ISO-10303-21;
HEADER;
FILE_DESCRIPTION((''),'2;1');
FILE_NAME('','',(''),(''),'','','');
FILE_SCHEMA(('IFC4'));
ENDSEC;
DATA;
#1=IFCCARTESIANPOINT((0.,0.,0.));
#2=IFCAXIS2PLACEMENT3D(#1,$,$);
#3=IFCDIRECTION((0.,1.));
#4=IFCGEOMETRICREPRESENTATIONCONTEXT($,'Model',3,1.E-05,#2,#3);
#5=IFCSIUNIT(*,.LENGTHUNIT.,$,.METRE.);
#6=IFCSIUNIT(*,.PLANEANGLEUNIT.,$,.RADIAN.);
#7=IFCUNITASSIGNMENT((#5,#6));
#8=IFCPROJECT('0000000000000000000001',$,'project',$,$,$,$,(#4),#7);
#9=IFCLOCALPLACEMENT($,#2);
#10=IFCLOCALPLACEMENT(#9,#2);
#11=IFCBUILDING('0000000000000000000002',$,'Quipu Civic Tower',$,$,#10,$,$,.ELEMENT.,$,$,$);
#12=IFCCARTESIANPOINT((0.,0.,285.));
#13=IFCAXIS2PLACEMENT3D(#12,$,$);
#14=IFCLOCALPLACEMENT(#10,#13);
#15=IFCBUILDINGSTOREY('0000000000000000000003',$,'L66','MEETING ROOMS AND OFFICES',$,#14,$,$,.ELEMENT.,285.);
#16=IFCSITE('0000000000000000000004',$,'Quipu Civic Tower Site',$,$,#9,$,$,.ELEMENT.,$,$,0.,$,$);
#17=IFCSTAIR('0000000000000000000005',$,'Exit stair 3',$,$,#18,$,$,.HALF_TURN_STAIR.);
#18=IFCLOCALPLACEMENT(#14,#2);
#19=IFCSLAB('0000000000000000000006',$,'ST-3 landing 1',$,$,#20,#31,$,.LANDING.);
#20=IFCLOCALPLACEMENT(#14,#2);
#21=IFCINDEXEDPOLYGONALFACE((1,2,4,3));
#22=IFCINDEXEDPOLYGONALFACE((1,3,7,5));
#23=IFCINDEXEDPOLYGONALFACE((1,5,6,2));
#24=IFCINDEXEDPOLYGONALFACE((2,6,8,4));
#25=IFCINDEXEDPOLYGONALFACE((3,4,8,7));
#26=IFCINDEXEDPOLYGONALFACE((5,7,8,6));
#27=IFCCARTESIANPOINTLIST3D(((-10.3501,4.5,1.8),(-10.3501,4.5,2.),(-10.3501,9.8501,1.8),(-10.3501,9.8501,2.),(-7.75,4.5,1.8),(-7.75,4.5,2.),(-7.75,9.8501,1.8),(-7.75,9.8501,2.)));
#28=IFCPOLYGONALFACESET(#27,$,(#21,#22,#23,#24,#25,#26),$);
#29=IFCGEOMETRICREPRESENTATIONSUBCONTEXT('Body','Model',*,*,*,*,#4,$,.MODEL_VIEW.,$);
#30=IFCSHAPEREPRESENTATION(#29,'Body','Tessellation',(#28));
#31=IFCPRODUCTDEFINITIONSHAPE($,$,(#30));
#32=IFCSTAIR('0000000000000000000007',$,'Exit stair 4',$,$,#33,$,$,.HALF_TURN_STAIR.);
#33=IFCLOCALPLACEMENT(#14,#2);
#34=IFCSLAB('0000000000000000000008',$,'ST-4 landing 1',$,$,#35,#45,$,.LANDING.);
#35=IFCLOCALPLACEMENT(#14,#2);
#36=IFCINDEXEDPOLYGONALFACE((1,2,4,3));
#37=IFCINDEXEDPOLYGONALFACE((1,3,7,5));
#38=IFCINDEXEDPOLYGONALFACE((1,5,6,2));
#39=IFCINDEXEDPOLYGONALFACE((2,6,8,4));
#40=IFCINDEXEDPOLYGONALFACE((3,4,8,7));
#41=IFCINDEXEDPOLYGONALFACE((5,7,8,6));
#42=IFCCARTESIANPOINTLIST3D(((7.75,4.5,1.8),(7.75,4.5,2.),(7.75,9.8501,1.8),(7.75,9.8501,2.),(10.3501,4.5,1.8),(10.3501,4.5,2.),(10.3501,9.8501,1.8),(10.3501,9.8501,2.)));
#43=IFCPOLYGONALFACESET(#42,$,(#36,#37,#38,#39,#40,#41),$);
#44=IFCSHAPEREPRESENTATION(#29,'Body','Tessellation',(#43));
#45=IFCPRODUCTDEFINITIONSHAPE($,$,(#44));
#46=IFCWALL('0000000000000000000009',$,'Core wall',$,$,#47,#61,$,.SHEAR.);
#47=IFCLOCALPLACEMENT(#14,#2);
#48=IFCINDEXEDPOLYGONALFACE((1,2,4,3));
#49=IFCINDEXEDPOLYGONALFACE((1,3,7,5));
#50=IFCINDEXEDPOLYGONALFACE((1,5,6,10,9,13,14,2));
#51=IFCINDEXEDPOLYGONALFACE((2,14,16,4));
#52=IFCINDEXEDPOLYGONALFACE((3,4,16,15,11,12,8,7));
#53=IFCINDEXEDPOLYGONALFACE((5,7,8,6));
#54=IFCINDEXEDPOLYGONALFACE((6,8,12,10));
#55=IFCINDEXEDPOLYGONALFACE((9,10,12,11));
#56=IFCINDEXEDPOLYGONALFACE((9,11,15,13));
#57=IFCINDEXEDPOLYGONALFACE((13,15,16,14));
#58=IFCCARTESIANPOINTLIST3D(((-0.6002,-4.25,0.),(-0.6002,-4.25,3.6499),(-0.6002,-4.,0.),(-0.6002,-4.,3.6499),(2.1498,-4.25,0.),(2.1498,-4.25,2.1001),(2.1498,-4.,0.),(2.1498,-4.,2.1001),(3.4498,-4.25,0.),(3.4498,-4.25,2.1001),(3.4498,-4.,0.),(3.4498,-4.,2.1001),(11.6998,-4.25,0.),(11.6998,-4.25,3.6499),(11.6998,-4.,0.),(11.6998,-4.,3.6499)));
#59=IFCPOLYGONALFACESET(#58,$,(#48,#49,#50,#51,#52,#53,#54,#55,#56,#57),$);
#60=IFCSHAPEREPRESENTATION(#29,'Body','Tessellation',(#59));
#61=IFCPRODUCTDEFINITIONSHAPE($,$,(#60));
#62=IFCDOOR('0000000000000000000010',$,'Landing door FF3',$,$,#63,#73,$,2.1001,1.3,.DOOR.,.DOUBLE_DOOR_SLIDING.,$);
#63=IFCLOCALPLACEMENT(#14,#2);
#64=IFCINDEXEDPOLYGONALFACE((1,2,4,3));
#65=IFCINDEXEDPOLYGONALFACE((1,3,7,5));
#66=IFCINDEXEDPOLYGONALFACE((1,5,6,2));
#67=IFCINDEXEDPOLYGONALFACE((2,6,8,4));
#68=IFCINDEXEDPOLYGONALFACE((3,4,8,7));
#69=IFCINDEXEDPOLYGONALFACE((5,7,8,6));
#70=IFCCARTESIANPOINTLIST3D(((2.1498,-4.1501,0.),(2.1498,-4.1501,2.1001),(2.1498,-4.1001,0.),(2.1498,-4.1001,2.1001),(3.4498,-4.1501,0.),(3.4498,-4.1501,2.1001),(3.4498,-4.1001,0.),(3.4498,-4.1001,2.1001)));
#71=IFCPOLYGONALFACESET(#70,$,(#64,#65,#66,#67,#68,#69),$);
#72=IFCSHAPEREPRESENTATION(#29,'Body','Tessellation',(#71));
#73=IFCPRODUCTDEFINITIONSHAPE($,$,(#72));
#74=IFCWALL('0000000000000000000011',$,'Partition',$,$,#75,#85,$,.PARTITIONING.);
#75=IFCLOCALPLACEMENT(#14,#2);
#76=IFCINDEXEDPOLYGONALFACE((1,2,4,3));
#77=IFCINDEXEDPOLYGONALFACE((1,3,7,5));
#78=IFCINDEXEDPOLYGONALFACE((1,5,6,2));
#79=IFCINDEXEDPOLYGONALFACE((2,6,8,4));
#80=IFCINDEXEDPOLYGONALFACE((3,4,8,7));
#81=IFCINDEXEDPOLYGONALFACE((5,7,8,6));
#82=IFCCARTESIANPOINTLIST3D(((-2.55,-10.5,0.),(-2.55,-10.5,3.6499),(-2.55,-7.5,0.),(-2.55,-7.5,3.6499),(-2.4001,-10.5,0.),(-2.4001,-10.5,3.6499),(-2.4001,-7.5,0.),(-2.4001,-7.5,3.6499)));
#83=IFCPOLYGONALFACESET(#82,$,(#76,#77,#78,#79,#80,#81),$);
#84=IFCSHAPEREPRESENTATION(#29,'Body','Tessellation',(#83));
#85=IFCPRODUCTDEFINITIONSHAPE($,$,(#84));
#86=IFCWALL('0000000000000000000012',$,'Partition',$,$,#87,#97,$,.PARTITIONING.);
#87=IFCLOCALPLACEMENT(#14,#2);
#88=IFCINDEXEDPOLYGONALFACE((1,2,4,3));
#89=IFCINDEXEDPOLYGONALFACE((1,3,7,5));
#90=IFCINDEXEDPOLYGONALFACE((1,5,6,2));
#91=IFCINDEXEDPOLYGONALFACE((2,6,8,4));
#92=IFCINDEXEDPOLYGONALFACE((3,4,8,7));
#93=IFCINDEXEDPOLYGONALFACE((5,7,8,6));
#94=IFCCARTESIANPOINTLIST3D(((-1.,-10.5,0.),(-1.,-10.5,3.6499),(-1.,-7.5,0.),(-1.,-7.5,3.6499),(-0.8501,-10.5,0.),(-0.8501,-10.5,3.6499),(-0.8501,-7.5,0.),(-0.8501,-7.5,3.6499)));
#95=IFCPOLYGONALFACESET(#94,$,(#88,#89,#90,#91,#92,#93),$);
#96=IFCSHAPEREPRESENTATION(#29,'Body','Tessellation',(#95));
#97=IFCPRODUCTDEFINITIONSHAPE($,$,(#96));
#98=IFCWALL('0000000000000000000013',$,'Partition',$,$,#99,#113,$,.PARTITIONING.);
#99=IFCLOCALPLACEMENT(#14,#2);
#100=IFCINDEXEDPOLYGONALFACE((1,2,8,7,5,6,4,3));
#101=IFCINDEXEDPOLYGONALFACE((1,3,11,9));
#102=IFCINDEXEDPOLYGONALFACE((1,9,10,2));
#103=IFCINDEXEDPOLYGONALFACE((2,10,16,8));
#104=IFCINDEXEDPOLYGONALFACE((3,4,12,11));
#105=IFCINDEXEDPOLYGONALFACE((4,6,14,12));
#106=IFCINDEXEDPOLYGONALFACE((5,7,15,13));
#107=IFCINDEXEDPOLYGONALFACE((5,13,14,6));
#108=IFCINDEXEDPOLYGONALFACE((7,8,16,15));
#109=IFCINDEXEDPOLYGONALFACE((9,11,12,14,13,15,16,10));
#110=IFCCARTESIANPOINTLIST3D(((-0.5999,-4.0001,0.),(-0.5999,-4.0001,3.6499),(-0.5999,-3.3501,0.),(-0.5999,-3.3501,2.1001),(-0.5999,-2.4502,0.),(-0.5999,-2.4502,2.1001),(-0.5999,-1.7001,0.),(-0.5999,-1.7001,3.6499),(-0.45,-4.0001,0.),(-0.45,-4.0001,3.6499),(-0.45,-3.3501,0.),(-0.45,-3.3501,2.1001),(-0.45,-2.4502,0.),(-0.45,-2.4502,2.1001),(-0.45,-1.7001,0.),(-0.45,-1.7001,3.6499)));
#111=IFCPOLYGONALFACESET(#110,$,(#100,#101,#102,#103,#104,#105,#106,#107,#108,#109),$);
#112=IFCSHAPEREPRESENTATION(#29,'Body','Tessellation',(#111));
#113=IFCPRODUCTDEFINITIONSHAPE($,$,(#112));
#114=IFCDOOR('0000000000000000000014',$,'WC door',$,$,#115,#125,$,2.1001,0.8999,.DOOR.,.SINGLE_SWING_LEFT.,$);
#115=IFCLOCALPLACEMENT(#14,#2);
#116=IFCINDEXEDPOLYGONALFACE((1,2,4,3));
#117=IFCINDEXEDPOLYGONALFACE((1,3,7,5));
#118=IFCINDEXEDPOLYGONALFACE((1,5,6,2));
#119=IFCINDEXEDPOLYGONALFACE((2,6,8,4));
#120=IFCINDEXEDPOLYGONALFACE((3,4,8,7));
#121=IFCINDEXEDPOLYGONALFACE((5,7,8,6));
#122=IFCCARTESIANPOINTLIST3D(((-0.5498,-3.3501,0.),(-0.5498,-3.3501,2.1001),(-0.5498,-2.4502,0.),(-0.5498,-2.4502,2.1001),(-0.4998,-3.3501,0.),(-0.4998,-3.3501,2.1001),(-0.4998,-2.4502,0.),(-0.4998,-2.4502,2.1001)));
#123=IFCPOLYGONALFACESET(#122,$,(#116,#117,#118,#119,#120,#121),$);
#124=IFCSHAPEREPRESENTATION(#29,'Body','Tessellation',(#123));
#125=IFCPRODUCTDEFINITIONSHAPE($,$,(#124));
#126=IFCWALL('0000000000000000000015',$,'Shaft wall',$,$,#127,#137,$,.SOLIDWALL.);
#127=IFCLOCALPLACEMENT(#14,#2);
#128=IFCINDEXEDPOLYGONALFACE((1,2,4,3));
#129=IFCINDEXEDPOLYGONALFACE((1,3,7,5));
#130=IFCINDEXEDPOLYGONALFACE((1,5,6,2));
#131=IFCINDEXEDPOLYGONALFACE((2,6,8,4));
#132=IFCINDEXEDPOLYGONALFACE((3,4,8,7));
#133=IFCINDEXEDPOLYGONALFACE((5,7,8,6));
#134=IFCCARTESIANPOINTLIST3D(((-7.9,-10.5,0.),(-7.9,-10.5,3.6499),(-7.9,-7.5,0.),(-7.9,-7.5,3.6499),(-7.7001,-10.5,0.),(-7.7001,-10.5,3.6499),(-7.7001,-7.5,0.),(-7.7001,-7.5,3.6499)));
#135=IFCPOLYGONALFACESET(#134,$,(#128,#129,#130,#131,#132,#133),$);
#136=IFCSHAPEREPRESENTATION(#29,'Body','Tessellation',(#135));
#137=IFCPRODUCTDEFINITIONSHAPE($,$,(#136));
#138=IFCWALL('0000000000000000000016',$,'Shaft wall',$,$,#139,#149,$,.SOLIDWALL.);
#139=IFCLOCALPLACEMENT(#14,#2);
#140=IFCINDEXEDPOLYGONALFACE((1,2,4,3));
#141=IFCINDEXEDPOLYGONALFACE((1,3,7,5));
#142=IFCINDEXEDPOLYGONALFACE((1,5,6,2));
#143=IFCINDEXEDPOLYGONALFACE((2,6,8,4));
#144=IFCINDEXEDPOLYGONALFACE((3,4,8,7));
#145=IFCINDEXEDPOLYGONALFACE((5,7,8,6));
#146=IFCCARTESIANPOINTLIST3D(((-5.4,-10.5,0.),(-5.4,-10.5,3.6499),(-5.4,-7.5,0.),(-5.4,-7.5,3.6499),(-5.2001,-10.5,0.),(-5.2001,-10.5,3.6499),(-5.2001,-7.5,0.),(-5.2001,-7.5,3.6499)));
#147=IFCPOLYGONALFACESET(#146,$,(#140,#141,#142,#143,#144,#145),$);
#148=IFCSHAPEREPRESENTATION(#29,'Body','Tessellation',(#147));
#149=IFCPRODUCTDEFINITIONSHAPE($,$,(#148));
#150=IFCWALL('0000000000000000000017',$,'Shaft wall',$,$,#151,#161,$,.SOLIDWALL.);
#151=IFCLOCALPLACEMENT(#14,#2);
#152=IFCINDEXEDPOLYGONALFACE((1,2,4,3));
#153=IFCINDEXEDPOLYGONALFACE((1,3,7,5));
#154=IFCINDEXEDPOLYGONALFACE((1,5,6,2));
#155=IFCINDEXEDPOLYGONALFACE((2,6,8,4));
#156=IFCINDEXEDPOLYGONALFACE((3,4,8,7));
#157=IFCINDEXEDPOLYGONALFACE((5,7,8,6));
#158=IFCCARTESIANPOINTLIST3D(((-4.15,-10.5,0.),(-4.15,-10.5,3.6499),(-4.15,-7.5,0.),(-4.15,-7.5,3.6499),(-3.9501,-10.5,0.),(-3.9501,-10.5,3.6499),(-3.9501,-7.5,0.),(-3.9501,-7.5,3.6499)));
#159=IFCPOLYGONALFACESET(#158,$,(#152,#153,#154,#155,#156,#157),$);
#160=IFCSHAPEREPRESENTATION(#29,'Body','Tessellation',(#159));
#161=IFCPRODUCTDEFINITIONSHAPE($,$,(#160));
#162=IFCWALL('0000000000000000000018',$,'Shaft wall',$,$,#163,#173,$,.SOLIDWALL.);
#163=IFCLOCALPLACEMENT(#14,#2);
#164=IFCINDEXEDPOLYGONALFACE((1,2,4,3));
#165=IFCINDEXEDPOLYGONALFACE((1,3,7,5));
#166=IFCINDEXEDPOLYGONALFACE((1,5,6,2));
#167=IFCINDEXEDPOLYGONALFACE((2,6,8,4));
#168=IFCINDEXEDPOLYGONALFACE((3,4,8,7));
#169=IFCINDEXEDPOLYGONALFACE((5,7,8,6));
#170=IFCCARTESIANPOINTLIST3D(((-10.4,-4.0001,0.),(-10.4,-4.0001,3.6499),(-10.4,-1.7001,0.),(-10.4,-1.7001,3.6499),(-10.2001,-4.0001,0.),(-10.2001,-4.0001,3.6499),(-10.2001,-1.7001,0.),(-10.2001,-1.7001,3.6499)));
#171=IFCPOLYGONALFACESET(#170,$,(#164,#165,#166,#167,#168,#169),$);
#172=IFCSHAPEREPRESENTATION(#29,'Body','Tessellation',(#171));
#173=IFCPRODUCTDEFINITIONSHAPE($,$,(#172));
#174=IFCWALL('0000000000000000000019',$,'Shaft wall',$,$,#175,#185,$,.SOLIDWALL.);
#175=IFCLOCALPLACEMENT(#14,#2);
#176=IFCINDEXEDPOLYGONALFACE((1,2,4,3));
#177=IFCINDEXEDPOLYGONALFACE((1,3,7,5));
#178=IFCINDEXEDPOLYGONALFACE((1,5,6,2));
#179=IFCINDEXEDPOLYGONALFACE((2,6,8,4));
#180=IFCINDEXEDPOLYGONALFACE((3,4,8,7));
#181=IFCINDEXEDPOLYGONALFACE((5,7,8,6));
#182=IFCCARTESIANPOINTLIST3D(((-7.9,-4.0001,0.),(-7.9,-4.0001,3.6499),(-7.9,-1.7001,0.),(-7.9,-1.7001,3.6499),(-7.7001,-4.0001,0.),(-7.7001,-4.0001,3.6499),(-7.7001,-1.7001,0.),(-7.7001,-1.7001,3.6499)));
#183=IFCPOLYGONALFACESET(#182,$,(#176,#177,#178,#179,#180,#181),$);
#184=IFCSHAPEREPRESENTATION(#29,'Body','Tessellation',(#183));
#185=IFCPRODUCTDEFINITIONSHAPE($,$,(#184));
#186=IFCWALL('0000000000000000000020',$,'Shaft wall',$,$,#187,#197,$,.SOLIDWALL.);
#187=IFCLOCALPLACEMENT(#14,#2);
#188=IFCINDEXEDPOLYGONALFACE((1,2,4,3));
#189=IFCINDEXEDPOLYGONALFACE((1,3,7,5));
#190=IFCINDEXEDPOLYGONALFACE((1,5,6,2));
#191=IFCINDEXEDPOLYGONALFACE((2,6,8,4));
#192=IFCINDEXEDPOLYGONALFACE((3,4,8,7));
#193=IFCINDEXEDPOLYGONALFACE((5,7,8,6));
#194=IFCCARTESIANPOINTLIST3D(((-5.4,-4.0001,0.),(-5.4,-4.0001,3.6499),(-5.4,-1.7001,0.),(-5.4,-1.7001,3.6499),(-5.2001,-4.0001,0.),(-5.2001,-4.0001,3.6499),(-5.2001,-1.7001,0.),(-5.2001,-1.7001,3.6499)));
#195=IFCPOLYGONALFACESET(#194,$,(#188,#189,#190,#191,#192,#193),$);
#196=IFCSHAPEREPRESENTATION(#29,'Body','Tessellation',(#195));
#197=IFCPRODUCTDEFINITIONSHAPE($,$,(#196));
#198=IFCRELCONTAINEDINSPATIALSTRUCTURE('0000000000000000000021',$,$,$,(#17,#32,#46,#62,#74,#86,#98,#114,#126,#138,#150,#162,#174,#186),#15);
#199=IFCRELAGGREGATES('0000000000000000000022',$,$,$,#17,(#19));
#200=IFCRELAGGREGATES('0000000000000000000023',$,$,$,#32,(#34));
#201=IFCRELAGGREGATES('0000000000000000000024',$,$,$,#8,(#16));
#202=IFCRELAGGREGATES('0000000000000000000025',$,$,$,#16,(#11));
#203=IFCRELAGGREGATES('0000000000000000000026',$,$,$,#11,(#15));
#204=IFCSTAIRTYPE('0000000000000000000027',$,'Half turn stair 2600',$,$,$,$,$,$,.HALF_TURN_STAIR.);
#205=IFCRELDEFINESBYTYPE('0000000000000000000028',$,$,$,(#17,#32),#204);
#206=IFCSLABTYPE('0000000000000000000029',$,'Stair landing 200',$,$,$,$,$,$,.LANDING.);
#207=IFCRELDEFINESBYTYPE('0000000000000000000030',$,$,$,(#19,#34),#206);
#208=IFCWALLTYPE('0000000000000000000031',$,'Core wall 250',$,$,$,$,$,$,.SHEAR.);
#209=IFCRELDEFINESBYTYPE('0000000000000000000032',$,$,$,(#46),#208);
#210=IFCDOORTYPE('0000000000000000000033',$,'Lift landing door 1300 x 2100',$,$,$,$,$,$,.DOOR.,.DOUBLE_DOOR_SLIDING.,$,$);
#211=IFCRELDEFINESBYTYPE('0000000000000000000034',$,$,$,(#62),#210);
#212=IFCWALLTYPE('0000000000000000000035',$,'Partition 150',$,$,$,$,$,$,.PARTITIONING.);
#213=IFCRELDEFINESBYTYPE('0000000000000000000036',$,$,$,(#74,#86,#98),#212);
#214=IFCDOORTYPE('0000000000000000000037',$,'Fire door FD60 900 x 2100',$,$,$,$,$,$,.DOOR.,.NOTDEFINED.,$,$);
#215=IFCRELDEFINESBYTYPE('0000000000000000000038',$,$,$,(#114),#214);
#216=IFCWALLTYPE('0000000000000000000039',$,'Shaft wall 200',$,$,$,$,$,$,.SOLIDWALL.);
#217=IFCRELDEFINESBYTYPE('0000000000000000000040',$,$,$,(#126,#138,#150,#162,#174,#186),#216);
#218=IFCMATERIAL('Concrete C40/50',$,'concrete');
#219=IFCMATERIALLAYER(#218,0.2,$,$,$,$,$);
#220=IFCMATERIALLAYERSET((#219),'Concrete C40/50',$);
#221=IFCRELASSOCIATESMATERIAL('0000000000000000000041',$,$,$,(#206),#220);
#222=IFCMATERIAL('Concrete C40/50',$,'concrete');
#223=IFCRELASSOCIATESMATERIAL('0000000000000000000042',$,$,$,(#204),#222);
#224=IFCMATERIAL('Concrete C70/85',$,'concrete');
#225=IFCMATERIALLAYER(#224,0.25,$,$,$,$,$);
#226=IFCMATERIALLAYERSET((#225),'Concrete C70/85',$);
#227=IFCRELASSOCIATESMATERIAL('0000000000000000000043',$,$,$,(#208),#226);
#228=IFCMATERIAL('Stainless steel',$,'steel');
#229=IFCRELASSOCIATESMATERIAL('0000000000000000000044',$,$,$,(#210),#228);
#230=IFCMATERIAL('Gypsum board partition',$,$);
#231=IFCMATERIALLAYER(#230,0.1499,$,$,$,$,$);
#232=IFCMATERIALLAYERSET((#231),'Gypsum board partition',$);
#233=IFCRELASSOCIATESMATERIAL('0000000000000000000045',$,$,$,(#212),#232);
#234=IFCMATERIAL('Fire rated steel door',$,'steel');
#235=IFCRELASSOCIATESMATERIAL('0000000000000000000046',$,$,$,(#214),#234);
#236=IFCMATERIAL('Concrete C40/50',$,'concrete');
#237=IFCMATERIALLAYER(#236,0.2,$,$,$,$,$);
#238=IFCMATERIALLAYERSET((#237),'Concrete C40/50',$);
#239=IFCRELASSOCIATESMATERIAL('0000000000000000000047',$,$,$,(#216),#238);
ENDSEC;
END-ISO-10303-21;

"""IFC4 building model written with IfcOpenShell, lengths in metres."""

from ifc_helpers import new_model, si_unit, direction, frame, frame_2d, origin, place, context, subcontext, project, spatial, polyline, rectangle, outline, extrude, material, layer, layer_set, type_object, element, fill, aggregate, save


model = new_model("IFC4")

# Units and contexts
model_context = context("Model", 3, precision=1e-05, world=origin(), true_north=direction((0.0, 1.0)))
body_context = subcontext(model_context, "Body", "Model", "MODEL_VIEW")
ifc_project = project(units=[si_unit("LENGTHUNIT", "METRE"), si_unit("PLANEANGLEUNIT", "RADIAN")], contexts=[model_context])

# Site, building, storey
site_placement = place(None, origin())
site = spatial("IfcSite", under=ifc_project, at=site_placement, Name="Quipu Civic Tower Site", CompositionType="ELEMENT", RefElevation=0.0)
building_placement = place(site_placement, origin())
building = spatial("IfcBuilding", under=site, at=building_placement, Name="Quipu Civic Tower", CompositionType="ELEMENT")
storey_placement = place(building_placement, frame((0.0, 0.0, 285.0)))
storey = spatial("IfcBuildingStorey", under=building, at=storey_placement, Name="L66", Description="MEETING ROOMS AND OFFICES", CompositionType="ELEMENT", Elevation=285.0)

# Stairs, slabs
ifc_material_1 = material(Name="Concrete C40/50", Category="concrete")
ifc_layer_1 = layer(ifc_material_1, 0.2)
ifc_layer_set_1 = layer_set([ifc_layer_1], Name="Concrete C40/50")
slab_type_1 = type_object("IfcSlabType", Name="Stair landing 200", PredefinedType="LANDING", material=ifc_layer_set_1)
ifc_material_2 = material(Name="Concrete C40/50", Category="concrete")
stair_type_1 = type_object("IfcStairType", Name="Half turn stair 2600", PredefinedType="HALF_TURN_STAIR", material=ifc_material_2)
stair_1_placement = place(storey_placement, origin())
stair_1 = element("IfcStair", 1, at=stair_1_placement, inside=storey, type_object=stair_type_1, Name="Exit stair 3", PredefinedType="HALF_TURN_STAIR")
slab_1_placement = place(storey_placement, frame((0.0, 0.0, 1.8)))
slab_1 = element("IfcSlab", 2, at=slab_1_placement, type_object=slab_type_1, Name="ST-3 landing 1", PredefinedType="LANDING", context=body_context, shape_type="SweptSolid", body=[
    extrude(outline(polyline([(-10.3501, 4.5), (-7.75, 4.5), (-7.75, 9.8501), (-10.3501, 9.8501), (-10.3501, 4.5)])), origin(), (0.0, 0.0, 1.0), 0.2),
])
aggregate(stair_1, [slab_1])
stair_2_placement = place(storey_placement, origin())
stair_2 = element("IfcStair", 3, at=stair_2_placement, inside=storey, type_object=stair_type_1, Name="Exit stair 4", PredefinedType="HALF_TURN_STAIR")
slab_2_placement = place(storey_placement, frame((0.0, 0.0, 1.8)))
slab_2 = element("IfcSlab", 4, at=slab_2_placement, type_object=slab_type_1, Name="ST-4 landing 1", PredefinedType="LANDING", context=body_context, shape_type="SweptSolid", body=[
    extrude(outline(polyline([(10.3501, 9.8501), (7.75, 9.8501), (7.75, 4.5), (10.3501, 4.5), (10.3501, 9.8501)])), origin(), (0.0, 0.0, 1.0), 0.2),
])
aggregate(stair_2, [slab_2])

# Wall, opening, door
ifc_material_3 = material(Name="Concrete C70/85", Category="concrete")
ifc_layer_2 = layer(ifc_material_3, 0.25)
ifc_layer_set_2 = layer_set([ifc_layer_2], Name="Concrete C70/85")
wall_type_1 = type_object("IfcWallType", Name="Core wall 250", PredefinedType="SHEAR", material=ifc_layer_set_2)
wall_1_placement = place(storey_placement, frame((-0.6001, -4.125, 0.0), z_axis=(0.0, 0.0, 1.0), x_axis=(1.0, 0.0, 0.0)))
wall_1 = element("IfcWall", 5, at=wall_1_placement, inside=storey, type_object=wall_type_1, Name="Core wall", PredefinedType="SHEAR", context=body_context, shape_type="SweptSolid", body=[
    extrude(rectangle(XDim=12.3, YDim=0.25, at=frame_2d((6.1499, 0.0))), origin(), (0.0, 0.0, 1.0), 3.6499),
])
opening_1_placement = place(wall_1_placement, frame((2.75, 0.0, 0.0)))
opening_1 = element("IfcOpeningElement", 6, at=opening_1_placement, cuts=wall_1, PredefinedType="OPENING", context=body_context, shape_type="SweptSolid", body=[
    extrude(rectangle(XDim=1.3, YDim=2.1001, at=frame_2d((0.6499, 1.05))), frame((0.0, 0.135, 0.0), z_axis=(0.0, -1.0, 0.0), x_axis=(1.0, 0.0, 0.0)), (0.0, 0.0, 1.0), 0.27),
])
ifc_material_4 = material(Name="Stainless steel", Category="steel")
door_type_1 = type_object("IfcDoorType", Name="Lift landing door 1300 x 2100", OperationType="DOUBLE_DOOR_SLIDING", PredefinedType="DOOR", material=ifc_material_4)
door_1_placement = place(opening_1_placement, origin())
door_1 = element("IfcDoor", 7, at=door_1_placement, inside=storey, type_object=door_type_1, Name="Landing door FF3", OperationType="DOUBLE_DOOR_SLIDING", OverallHeight=2.1001, OverallWidth=1.3, PredefinedType="DOOR", context=body_context, shape_type="SweptSolid", body=[
    extrude(rectangle(XDim=1.3, YDim=2.1001, at=frame_2d((0.6499, 1.05))), frame((0.0, 0.0249, 0.0), z_axis=(0.0, -1.0, 0.0), x_axis=(1.0, 0.0, 0.0)), (0.0, 0.0, 1.0), 0.05),
])
fill(opening_1, door_1)

# Walls
ifc_material_5 = material(Name="Gypsum board partition")
ifc_layer_3 = layer(ifc_material_5, 0.1499)
ifc_layer_set_3 = layer_set([ifc_layer_3], Name="Gypsum board partition")
wall_type_2 = type_object("IfcWallType", Name="Partition 150", PredefinedType="PARTITIONING", material=ifc_layer_set_3)
for number, where, z_axis, x_axis, name in (
    (8, (-2.4751, -10.5, 0.0), (0.0, 0.0, 1.0), (0.0, 1.0, 0.0), "Partition"),
    (9, (-0.925, -10.5, 0.0), (0.0, 0.0, 1.0), (0.0, 1.0, 0.0), "Partition"),
):
    element("IfcWall", number, at=place(storey_placement, frame(where, z_axis=z_axis, x_axis=x_axis)), inside=storey, type_object=wall_type_2, Name=name, PredefinedType="PARTITIONING", context=body_context, shape_type="SweptSolid", body=[
        extrude(rectangle(XDim=3.0, YDim=0.1499, at=frame_2d((1.5, 0.0))), origin(), (0.0, 0.0, 1.0), 3.6499),
    ])

# Wall, opening, door
wall_2_placement = place(storey_placement, frame((-0.5249, -4.0, 0.0), z_axis=(0.0, 0.0, 1.0), x_axis=(0.0, 1.0, 0.0)))
wall_2 = element("IfcWall", 10, at=wall_2_placement, inside=storey, type_object=wall_type_2, Name="Partition", PredefinedType="PARTITIONING", context=body_context, shape_type="SweptSolid", body=[
    extrude(rectangle(XDim=2.3, YDim=0.1499, at=frame_2d((1.1499, 0.0))), origin(), (0.0, 0.0, 1.0), 3.6499),
])
opening_2_placement = place(wall_2_placement, frame((0.6499, 0.0, 0.0)))
opening_2 = element("IfcOpeningElement", 11, at=opening_2_placement, cuts=wall_2, PredefinedType="OPENING", context=body_context, shape_type="SweptSolid", body=[
    extrude(rectangle(XDim=0.8999, YDim=2.1001, at=frame_2d((0.45, 1.05))), frame((0.0, 0.085, 0.0), z_axis=(0.0, -1.0, 0.0), x_axis=(1.0, 0.0, 0.0)), (0.0, 0.0, 1.0), 0.1699),
])
ifc_material_6 = material(Name="Fire rated steel door", Category="steel")
door_type_2 = type_object("IfcDoorType", Name="Fire door FD60 900 x 2100", OperationType="NOTDEFINED", PredefinedType="DOOR", material=ifc_material_6)
door_2_placement = place(opening_2_placement, origin())
door_2 = element("IfcDoor", 12, at=door_2_placement, inside=storey, type_object=door_type_2, Name="WC door", OperationType="SINGLE_SWING_LEFT", OverallHeight=2.1001, OverallWidth=0.8999, PredefinedType="DOOR", context=body_context, shape_type="SweptSolid", body=[
    extrude(rectangle(XDim=0.8999, YDim=2.1001, at=frame_2d((0.45, 1.05))), frame((0.0, 0.0249, 0.0), z_axis=(0.0, -1.0, 0.0), x_axis=(1.0, 0.0, 0.0)), (0.0, 0.0, 1.0), 0.05),
])
fill(opening_2, door_2)

# Walls
ifc_material_7 = material(Name="Concrete C40/50", Category="concrete")
ifc_layer_4 = layer(ifc_material_7, 0.2)
ifc_layer_set_4 = layer_set([ifc_layer_4], Name="Concrete C40/50")
wall_type_3 = type_object("IfcWallType", Name="Shaft wall 200", PredefinedType="SOLIDWALL", material=ifc_layer_set_4)
for number, where, z_axis, x_axis, name in (
    (13, (-7.8, -10.5, 0.0), (0.0, 0.0, 1.0), (0.0, 1.0, 0.0), "Shaft wall"),
    (14, (-5.3, -10.5, 0.0), (0.0, 0.0, 1.0), (0.0, 1.0, 0.0), "Shaft wall"),
    (15, (-4.05, -10.5, 0.0), (0.0, 0.0, 1.0), (0.0, 1.0, 0.0), "Shaft wall"),
):
    element("IfcWall", number, at=place(storey_placement, frame(where, z_axis=z_axis, x_axis=x_axis)), inside=storey, type_object=wall_type_3, Name=name, PredefinedType="SOLIDWALL", context=body_context, shape_type="SweptSolid", body=[
        extrude(rectangle(XDim=3.0, YDim=0.2, at=frame_2d((1.5, 0.0))), origin(), (0.0, 0.0, 1.0), 3.6499),
    ])
for number, where, z_axis, x_axis, name in (
    (16, (-10.3, -4.0, 0.0), (0.0, 0.0, 1.0), (0.0, 1.0, 0.0), "Shaft wall"),
    (17, (-7.8, -4.0, 0.0), (0.0, 0.0, 1.0), (0.0, 1.0, 0.0), "Shaft wall"),
    (18, (-5.3, -4.0, 0.0), (0.0, 0.0, 1.0), (0.0, 1.0, 0.0), "Shaft wall"),
):
    element("IfcWall", number, at=place(storey_placement, frame(where, z_axis=z_axis, x_axis=x_axis)), inside=storey, type_object=wall_type_3, Name=name, PredefinedType="SOLIDWALL", context=body_context, shape_type="SweptSolid", body=[
        extrude(rectangle(XDim=2.3, YDim=0.2, at=frame_2d((1.1499, 0.0))), origin(), (0.0, 0.0, 1.0), 3.6499),
    ])

save(model, "model.ifc")
